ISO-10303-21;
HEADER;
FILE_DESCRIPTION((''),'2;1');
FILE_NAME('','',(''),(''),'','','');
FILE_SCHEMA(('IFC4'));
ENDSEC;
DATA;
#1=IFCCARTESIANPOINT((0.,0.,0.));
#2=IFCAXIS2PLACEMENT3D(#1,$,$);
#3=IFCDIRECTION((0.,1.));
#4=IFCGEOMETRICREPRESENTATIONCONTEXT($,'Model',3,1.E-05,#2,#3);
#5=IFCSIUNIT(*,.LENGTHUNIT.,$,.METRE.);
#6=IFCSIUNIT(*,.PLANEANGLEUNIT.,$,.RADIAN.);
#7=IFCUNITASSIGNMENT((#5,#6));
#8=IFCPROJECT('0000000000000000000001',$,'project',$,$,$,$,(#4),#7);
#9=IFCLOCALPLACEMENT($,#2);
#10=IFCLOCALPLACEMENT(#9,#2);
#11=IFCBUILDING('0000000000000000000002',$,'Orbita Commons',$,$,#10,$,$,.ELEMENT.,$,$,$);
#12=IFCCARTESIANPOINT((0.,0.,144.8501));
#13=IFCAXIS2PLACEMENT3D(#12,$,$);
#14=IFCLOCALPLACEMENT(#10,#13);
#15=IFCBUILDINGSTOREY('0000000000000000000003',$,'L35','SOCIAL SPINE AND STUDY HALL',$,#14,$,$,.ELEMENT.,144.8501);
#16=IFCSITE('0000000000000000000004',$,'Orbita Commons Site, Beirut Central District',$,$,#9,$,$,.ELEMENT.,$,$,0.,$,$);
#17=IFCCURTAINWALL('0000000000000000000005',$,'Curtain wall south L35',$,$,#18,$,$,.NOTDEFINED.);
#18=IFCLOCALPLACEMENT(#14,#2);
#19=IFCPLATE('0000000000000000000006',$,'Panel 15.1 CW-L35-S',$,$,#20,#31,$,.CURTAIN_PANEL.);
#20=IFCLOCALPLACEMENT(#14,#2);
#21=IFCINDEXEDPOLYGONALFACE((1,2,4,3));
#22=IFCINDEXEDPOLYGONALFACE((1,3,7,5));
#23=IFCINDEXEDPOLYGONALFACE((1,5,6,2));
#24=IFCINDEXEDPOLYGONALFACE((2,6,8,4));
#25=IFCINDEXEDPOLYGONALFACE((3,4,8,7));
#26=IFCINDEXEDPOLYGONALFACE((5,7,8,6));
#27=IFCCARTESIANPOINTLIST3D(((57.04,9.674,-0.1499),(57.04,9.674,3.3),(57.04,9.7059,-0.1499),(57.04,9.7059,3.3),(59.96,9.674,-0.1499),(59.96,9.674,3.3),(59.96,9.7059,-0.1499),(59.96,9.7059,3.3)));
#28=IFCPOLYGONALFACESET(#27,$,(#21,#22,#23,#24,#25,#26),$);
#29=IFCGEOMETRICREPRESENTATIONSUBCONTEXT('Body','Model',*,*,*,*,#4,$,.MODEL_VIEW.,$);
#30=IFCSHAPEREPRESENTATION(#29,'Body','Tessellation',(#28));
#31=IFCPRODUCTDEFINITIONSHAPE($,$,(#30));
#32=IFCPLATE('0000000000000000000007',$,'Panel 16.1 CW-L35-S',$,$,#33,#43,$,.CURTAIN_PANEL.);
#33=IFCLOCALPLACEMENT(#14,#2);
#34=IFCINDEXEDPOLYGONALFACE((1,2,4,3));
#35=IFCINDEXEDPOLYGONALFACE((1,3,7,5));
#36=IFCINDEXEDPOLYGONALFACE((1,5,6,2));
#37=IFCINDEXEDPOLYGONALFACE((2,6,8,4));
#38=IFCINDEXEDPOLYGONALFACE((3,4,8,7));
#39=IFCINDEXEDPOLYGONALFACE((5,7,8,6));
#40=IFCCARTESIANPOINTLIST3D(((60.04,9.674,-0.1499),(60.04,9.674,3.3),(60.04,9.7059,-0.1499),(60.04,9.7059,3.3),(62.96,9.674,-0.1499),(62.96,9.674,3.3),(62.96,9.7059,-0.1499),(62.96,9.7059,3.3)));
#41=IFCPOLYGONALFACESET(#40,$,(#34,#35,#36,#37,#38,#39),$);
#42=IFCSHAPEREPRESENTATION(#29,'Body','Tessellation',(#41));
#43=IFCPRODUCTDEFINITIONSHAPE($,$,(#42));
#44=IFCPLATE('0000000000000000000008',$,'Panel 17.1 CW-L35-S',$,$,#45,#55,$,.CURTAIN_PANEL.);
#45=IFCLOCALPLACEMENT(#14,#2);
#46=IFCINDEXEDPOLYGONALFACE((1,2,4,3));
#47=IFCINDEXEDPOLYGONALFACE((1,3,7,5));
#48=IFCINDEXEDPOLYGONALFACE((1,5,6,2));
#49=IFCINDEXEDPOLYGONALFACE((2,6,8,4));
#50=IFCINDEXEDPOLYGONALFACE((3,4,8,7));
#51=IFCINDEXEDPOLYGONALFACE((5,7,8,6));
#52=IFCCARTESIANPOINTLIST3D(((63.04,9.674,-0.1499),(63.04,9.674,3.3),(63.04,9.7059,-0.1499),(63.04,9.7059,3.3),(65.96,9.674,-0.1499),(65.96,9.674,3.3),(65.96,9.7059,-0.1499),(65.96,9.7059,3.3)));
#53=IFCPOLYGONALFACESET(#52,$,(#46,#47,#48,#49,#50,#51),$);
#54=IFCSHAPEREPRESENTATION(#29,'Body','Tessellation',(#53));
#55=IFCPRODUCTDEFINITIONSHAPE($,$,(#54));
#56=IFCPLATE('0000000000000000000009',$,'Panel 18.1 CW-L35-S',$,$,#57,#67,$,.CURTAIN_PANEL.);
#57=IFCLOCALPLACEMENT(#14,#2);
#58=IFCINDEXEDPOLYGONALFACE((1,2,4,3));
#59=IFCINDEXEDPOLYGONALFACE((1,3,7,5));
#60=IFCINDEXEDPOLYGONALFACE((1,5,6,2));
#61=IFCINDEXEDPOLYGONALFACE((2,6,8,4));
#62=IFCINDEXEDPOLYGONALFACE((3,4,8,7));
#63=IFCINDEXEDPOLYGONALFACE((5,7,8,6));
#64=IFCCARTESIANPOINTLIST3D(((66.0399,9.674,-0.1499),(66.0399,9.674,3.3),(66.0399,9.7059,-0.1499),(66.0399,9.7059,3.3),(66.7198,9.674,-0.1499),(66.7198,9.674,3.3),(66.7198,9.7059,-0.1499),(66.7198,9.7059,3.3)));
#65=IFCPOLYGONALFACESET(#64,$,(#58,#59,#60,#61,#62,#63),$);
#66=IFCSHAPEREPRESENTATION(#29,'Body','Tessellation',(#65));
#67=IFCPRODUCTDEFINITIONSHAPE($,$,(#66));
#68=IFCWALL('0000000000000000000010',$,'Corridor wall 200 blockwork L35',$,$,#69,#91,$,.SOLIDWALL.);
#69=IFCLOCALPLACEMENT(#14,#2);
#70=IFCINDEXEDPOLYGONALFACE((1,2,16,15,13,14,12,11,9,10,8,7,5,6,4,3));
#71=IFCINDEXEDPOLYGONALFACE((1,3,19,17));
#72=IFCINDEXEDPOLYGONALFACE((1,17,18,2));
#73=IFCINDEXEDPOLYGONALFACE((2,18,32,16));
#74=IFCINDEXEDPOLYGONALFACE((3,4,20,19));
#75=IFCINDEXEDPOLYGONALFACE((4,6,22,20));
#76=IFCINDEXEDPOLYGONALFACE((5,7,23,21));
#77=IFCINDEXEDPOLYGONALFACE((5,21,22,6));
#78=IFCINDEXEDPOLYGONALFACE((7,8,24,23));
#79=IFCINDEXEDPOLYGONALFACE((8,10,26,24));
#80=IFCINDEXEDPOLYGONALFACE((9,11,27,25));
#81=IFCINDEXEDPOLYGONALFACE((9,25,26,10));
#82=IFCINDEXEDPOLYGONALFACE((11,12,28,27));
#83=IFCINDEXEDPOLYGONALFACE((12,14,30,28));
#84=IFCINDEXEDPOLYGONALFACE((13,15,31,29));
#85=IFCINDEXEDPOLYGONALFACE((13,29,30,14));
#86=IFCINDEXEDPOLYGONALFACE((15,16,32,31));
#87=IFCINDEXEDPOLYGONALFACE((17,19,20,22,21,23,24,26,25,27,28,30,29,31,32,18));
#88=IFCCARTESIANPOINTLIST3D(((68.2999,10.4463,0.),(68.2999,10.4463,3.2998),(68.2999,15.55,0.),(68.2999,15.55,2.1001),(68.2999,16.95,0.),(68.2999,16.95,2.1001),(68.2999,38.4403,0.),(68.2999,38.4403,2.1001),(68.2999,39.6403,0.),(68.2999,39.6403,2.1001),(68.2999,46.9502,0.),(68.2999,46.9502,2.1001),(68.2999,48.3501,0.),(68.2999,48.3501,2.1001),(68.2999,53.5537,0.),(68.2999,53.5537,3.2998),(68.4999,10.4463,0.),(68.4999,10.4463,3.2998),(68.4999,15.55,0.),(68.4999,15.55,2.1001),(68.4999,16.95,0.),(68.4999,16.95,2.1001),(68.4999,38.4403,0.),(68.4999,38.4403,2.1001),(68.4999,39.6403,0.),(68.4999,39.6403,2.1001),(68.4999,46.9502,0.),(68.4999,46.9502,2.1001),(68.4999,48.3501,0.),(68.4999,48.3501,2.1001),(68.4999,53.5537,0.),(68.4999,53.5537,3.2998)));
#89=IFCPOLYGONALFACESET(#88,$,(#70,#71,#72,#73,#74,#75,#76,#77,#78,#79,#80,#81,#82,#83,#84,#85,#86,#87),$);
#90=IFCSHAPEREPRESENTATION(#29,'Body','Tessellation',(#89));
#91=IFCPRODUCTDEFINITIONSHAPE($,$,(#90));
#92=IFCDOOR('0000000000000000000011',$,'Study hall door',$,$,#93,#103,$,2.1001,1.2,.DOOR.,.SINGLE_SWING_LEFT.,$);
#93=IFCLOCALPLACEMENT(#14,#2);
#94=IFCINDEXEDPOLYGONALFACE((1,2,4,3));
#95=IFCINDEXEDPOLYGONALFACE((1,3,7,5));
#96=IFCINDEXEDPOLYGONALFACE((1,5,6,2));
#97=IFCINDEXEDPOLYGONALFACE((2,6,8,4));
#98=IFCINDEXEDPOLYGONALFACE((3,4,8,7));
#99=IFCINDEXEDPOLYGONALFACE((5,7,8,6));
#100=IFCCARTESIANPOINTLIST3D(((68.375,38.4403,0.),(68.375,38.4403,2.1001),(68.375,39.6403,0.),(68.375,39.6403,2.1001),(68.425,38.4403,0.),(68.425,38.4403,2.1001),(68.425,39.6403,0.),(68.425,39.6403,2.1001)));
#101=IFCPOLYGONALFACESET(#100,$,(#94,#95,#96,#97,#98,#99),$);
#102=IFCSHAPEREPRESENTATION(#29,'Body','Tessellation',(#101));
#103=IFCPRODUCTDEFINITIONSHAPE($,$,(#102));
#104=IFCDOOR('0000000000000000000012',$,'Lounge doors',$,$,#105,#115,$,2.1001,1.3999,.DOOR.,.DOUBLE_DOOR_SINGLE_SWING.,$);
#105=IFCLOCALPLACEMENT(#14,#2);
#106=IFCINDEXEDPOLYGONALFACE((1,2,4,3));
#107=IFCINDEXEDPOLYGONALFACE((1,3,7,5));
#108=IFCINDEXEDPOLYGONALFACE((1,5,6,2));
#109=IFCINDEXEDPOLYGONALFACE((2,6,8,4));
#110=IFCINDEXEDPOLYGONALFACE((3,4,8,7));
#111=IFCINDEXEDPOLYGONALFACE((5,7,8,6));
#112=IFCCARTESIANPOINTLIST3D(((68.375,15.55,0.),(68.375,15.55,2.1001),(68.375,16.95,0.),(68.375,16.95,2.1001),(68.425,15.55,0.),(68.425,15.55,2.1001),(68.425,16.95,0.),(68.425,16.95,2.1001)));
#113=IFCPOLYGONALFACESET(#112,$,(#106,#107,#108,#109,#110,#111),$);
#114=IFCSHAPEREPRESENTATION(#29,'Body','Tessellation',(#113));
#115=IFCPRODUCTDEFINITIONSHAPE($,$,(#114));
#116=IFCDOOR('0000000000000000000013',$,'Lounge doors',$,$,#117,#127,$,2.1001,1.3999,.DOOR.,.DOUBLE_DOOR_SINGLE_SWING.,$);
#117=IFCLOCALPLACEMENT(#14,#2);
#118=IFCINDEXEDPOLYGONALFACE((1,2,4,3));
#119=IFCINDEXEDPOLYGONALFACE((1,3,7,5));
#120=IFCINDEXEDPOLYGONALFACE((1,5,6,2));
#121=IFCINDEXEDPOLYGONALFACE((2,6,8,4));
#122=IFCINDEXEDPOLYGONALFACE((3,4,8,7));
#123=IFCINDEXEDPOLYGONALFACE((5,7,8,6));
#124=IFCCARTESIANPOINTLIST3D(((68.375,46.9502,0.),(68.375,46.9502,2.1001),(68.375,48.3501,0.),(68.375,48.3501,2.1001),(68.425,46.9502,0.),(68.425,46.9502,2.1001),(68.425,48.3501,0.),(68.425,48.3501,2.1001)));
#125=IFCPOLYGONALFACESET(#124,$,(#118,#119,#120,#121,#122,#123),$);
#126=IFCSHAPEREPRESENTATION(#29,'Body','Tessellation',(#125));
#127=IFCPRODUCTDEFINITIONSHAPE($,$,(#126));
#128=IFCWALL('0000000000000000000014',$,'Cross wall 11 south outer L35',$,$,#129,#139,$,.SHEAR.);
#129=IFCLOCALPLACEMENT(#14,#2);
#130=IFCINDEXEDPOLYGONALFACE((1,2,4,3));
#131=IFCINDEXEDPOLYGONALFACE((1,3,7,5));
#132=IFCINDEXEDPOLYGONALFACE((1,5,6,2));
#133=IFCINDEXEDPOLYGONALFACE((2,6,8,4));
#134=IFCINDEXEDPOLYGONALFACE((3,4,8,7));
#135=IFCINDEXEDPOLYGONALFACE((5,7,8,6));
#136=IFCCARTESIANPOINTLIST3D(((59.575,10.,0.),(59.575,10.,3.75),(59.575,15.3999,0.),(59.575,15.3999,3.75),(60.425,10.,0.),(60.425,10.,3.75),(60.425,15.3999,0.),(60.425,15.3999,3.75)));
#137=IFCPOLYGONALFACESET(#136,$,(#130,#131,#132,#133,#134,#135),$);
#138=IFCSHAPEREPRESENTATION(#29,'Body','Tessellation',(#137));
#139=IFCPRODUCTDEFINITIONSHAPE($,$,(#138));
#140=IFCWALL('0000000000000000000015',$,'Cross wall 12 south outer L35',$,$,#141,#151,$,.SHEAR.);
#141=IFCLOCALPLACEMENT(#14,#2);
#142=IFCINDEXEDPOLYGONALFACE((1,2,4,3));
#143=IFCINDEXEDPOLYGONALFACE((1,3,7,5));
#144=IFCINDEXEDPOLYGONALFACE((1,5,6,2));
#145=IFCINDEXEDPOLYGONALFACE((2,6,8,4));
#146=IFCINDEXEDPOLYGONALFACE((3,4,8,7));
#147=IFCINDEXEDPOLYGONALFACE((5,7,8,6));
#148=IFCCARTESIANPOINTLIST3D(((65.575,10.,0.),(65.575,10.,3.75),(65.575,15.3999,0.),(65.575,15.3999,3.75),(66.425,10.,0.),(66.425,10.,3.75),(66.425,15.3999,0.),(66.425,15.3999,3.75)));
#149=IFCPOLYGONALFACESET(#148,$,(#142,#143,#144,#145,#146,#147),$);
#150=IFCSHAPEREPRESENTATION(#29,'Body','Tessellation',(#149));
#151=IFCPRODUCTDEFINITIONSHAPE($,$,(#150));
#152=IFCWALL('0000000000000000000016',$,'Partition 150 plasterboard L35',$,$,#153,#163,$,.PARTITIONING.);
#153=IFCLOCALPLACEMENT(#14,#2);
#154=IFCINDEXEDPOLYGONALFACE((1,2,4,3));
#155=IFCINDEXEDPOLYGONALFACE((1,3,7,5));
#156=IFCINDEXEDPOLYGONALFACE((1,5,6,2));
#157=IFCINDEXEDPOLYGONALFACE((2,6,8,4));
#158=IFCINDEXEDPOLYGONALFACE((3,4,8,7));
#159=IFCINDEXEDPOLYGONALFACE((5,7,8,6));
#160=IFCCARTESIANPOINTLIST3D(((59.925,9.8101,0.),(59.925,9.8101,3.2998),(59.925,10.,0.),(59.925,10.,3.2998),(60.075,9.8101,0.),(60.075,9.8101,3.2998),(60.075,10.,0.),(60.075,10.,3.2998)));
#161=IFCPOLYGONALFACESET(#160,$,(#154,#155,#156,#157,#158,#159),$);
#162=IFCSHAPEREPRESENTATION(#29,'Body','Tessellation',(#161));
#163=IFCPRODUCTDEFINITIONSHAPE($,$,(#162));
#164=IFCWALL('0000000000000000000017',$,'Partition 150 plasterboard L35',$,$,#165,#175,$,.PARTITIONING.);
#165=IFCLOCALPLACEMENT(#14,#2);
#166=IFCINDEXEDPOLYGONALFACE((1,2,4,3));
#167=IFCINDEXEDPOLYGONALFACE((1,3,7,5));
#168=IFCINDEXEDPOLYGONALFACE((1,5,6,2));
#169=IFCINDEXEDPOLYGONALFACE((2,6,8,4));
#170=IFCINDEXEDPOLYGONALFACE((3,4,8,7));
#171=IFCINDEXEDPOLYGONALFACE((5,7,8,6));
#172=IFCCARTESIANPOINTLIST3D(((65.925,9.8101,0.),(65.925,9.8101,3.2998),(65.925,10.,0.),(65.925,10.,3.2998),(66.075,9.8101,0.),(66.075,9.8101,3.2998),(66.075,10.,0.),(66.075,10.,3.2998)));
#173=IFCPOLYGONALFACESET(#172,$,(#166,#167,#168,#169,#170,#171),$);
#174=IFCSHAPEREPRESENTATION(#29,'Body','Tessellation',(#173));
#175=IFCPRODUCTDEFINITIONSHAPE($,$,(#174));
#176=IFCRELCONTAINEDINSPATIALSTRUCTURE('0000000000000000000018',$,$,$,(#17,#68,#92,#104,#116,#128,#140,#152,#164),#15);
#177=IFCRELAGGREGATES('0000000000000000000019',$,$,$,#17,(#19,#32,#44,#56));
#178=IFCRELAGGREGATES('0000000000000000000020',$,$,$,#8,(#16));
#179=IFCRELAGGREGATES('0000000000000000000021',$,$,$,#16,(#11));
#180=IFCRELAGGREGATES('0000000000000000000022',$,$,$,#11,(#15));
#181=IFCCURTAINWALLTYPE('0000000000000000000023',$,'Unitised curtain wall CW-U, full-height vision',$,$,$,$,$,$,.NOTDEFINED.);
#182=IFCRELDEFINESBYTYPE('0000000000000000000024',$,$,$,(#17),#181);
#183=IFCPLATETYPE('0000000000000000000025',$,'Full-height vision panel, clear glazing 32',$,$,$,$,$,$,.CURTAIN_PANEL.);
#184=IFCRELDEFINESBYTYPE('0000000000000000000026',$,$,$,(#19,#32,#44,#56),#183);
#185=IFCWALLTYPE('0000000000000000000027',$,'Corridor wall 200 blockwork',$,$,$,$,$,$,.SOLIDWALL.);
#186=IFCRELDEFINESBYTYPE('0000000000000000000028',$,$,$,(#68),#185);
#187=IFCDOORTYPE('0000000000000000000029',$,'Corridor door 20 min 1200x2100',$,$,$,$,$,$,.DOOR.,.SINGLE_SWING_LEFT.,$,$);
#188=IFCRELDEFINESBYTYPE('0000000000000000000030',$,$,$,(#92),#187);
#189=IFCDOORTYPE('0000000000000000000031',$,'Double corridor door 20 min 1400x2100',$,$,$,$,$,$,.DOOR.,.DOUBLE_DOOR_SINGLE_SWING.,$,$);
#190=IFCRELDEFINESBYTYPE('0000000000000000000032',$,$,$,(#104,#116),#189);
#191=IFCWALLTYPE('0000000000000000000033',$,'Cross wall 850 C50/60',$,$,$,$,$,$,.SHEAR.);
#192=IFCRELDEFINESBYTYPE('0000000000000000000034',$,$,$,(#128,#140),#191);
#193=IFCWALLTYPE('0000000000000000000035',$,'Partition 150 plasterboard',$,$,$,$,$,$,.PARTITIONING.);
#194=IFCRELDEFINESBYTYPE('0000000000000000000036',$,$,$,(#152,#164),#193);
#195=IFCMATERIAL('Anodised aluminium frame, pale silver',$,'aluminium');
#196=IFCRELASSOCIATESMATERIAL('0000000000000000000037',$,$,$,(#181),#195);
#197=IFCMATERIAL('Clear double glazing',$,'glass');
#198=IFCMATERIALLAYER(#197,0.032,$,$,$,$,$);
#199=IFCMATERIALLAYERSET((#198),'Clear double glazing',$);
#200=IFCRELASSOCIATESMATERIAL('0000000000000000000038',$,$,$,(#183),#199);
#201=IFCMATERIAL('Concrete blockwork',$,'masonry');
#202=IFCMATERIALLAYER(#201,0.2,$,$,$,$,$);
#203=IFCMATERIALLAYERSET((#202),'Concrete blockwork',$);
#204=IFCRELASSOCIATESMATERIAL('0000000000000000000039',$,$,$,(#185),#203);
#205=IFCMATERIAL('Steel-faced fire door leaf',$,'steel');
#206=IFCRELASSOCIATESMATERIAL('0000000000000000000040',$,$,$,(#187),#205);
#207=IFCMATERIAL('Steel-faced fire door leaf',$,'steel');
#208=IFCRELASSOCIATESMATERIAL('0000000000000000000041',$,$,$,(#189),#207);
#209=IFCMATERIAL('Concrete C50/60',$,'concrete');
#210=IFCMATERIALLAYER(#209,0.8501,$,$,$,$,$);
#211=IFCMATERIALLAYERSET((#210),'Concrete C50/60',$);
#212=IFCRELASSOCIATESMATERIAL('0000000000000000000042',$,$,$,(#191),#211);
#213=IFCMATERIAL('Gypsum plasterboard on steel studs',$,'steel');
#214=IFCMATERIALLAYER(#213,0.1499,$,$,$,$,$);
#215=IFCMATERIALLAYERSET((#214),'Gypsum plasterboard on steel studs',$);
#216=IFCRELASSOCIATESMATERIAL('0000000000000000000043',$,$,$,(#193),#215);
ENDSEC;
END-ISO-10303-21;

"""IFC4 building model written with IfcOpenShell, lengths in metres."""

from ifc_helpers import new_model, si_unit, direction, frame, frame_2d, origin, origin_2d, place, context, subcontext, project, spatial, rectangle, extrude, material, layer, layer_set, type_object, element, fill, aggregate, save


model = new_model("IFC4")

# Units and contexts
model_context = context("Model", 3, precision=1e-05, world=origin(), true_north=direction((0.0, 1.0)))
body_context = subcontext(model_context, "Body", "Model", "MODEL_VIEW")
ifc_project = project(units=[si_unit("LENGTHUNIT", "METRE"), si_unit("PLANEANGLEUNIT", "RADIAN")], contexts=[model_context])

# Site, building, storey
site_placement = place(None, origin())
site = spatial("IfcSite", under=ifc_project, at=site_placement, Name="Orbita Commons Site, Beirut Central District", CompositionType="ELEMENT", RefElevation=0.0)
building_placement = place(site_placement, origin())
building = spatial("IfcBuilding", under=site, at=building_placement, Name="Orbita Commons", CompositionType="ELEMENT")
storey_placement = place(building_placement, frame((0.0, 0.0, 144.8501)))
storey = spatial("IfcBuildingStorey", under=building, at=storey_placement, Name="L35", Description="SOCIAL SPINE AND STUDY HALL", CompositionType="ELEMENT", Elevation=144.8501)

# Curtain wall
ifc_material_1 = material(Name="Anodised aluminium frame, pale silver", Category="aluminium")
curtain_wall_type = type_object("IfcCurtainWallType", Name="Unitised curtain wall CW-U, full-height vision", PredefinedType="NOTDEFINED", material=ifc_material_1)
curtain_wall_placement = place(storey_placement, origin())
curtain_wall = element("IfcCurtainWall", 1, at=curtain_wall_placement, inside=storey, type_object=curtain_wall_type, Name="Curtain wall south L35", PredefinedType="NOTDEFINED")

# Plates
ifc_material_2 = material(Name="Clear double glazing", Category="glass")
ifc_layer_1 = layer(ifc_material_2, 0.032)
ifc_layer_set_1 = layer_set([ifc_layer_1], Name="Clear double glazing")
plate_type = type_object("IfcPlateType", Name="Full-height vision panel, clear glazing 32", PredefinedType="CURTAIN_PANEL", material=ifc_layer_set_1)
plate_1_placement = place(storey_placement, frame((58.5, 9.6899, -0.1499), z_axis=(0.0, 0.0, 1.0), x_axis=(1.0, 0.0, 0.0)))
plate_1 = element("IfcPlate", 2, at=plate_1_placement, type_object=plate_type, Name="Panel 15.1 CW-L35-S", PredefinedType="CURTAIN_PANEL", context=body_context, shape_type="SweptSolid", body=[
    extrude(rectangle(XDim=2.9199, YDim=0.032, at=origin_2d()), origin(), (0.0, 0.0, 1.0), 3.45),
])
plate_2_placement = place(storey_placement, frame((61.5, 9.6899, -0.1499), z_axis=(0.0, 0.0, 1.0), x_axis=(1.0, 0.0, 0.0)))
plate_2 = element("IfcPlate", 3, at=plate_2_placement, type_object=plate_type, Name="Panel 16.1 CW-L35-S", PredefinedType="CURTAIN_PANEL", context=body_context, shape_type="SweptSolid", body=[
    extrude(rectangle(XDim=2.9199, YDim=0.032, at=origin_2d()), origin(), (0.0, 0.0, 1.0), 3.45),
])
plate_3_placement = place(storey_placement, frame((64.5, 9.6899, -0.1499), z_axis=(0.0, 0.0, 1.0), x_axis=(1.0, 0.0, 0.0)))
plate_3 = element("IfcPlate", 4, at=plate_3_placement, type_object=plate_type, Name="Panel 17.1 CW-L35-S", PredefinedType="CURTAIN_PANEL", context=body_context, shape_type="SweptSolid", body=[
    extrude(rectangle(XDim=2.9199, YDim=0.032, at=origin_2d()), origin(), (0.0, 0.0, 1.0), 3.45),
])
plate_4_placement = place(storey_placement, frame((66.3799, 9.6899, -0.1499), z_axis=(0.0, 0.0, 1.0), x_axis=(1.0, 0.0, 0.0)))
plate_4 = element("IfcPlate", 5, at=plate_4_placement, type_object=plate_type, Name="Panel 18.1 CW-L35-S", PredefinedType="CURTAIN_PANEL", context=body_context, shape_type="SweptSolid", body=[
    extrude(rectangle(XDim=0.6799, YDim=0.032, at=origin_2d()), origin(), (0.0, 0.0, 1.0), 3.45),
])
aggregate(curtain_wall, [plate_1, plate_2, plate_3, plate_4])

# Wall, openings, doors
ifc_material_3 = material(Name="Concrete blockwork", Category="masonry")
ifc_layer_2 = layer(ifc_material_3, 0.2)
ifc_layer_set_2 = layer_set([ifc_layer_2], Name="Concrete blockwork")
wall_type_1 = type_object("IfcWallType", Name="Corridor wall 200 blockwork", PredefinedType="SOLIDWALL", material=ifc_layer_set_2)
wall_1_placement = place(storey_placement, frame((68.3999, 10.4463, 0.0), z_axis=(0.0, 0.0, 1.0), x_axis=(0.0, 1.0, 0.0)))
wall_1 = element("IfcWall", 6, at=wall_1_placement, inside=storey, type_object=wall_type_1, Name="Corridor wall 200 blockwork L35", PredefinedType="SOLIDWALL", context=body_context, shape_type="SweptSolid", body=[
    extrude(rectangle(XDim=43.1074, YDim=0.2, at=frame_2d((21.5537, 0.0))), origin(), (0.0, 0.0, 1.0), 3.2998),
])
opening_1_placement = place(wall_1_placement, frame((27.9939, 0.0, 0.0)))
opening_1 = element("IfcOpeningElement", 7, at=opening_1_placement, cuts=wall_1, PredefinedType="OPENING", context=body_context, shape_type="SweptSolid", body=[
    extrude(rectangle(XDim=1.2, YDim=2.1001, at=frame_2d((0.6001, 1.05))), frame((0.0, 0.1099, 0.0), z_axis=(0.0, -1.0, 0.0), x_axis=(1.0, 0.0, 0.0)), (0.0, 0.0, 1.0), 0.22),
])
opening_2_placement = place(wall_1_placement, frame((5.1038, 0.0, 0.0)))
opening_2 = element("IfcOpeningElement", 8, at=opening_2_placement, cuts=wall_1, PredefinedType="OPENING", context=body_context, shape_type="SweptSolid", body=[
    extrude(rectangle(XDim=1.3999, YDim=2.1001, at=frame_2d((0.7, 1.05))), frame((0.0, 0.1099, 0.0), z_axis=(0.0, -1.0, 0.0), x_axis=(1.0, 0.0, 0.0)), (0.0, 0.0, 1.0), 0.22),
])
opening_3_placement = place(wall_1_placement, frame((36.5039, 0.0, 0.0)))
opening_3 = element("IfcOpeningElement", 9, at=opening_3_placement, cuts=wall_1, PredefinedType="OPENING", context=body_context, shape_type="SweptSolid", body=[
    extrude(rectangle(XDim=1.3999, YDim=2.1001, at=frame_2d((0.7, 1.05))), frame((0.0, 0.1099, 0.0), z_axis=(0.0, -1.0, 0.0), x_axis=(1.0, 0.0, 0.0)), (0.0, 0.0, 1.0), 0.22),
])
ifc_material_4 = material(Name="Steel-faced fire door leaf", Category="steel")
door_type_1 = type_object("IfcDoorType", Name="Corridor door 20 min 1200x2100", OperationType="SINGLE_SWING_LEFT", PredefinedType="DOOR", material=ifc_material_4)
door_1_placement = place(opening_1_placement, origin())
door_1 = element("IfcDoor", 10, at=door_1_placement, inside=storey, type_object=door_type_1, Name="Study hall door", OperationType="SINGLE_SWING_LEFT", OverallHeight=2.1001, OverallWidth=1.2, PredefinedType="DOOR", context=body_context, shape_type="SweptSolid", body=[
    extrude(rectangle(XDim=1.2, YDim=2.1001, at=frame_2d((0.6001, 1.05))), frame((0.0, 0.0249, 0.0), z_axis=(0.0, -1.0, 0.0), x_axis=(1.0, 0.0, 0.0)), (0.0, 0.0, 1.0), 0.05),
])
fill(opening_1, door_1)
ifc_material_5 = material(Name="Steel-faced fire door leaf", Category="steel")
door_type_2 = type_object("IfcDoorType", Name="Double corridor door 20 min 1400x2100", OperationType="DOUBLE_DOOR_SINGLE_SWING", PredefinedType="DOOR", material=ifc_material_5)
door_2_placement = place(opening_2_placement, origin())
door_2 = element("IfcDoor", 11, at=door_2_placement, inside=storey, type_object=door_type_2, Name="Lounge doors", OperationType="DOUBLE_DOOR_SINGLE_SWING", OverallHeight=2.1001, OverallWidth=1.3999, PredefinedType="DOOR", context=body_context, shape_type="SweptSolid", body=[
    extrude(rectangle(XDim=1.3999, YDim=2.1001, at=frame_2d((0.7, 1.05))), frame((0.0, 0.0249, 0.0), z_axis=(0.0, -1.0, 0.0), x_axis=(1.0, 0.0, 0.0)), (0.0, 0.0, 1.0), 0.05),
])
fill(opening_2, door_2)
door_3_placement = place(opening_3_placement, origin())
door_3 = element("IfcDoor", 12, at=door_3_placement, inside=storey, type_object=door_type_2, Name="Lounge doors", OperationType="DOUBLE_DOOR_SINGLE_SWING", OverallHeight=2.1001, OverallWidth=1.3999, PredefinedType="DOOR", context=body_context, shape_type="SweptSolid", body=[
    extrude(rectangle(XDim=1.3999, YDim=2.1001, at=frame_2d((0.7, 1.05))), frame((0.0, 0.0249, 0.0), z_axis=(0.0, -1.0, 0.0), x_axis=(1.0, 0.0, 0.0)), (0.0, 0.0, 1.0), 0.05),
])
fill(opening_3, door_3)

# Walls
ifc_material_6 = material(Name="Concrete C50/60", Category="concrete")
ifc_layer_3 = layer(ifc_material_6, 0.8501)
ifc_layer_set_3 = layer_set([ifc_layer_3], Name="Concrete C50/60")
wall_type_2 = type_object("IfcWallType", Name="Cross wall 850 C50/60", PredefinedType="SHEAR", material=ifc_layer_set_3)
for number, where, z_axis, x_axis, name in (
    (13, (60.0, 10.0, 0.0), (0.0, 0.0, 1.0), (0.0, 1.0, 0.0), "Cross wall 11 south outer L35"),
    (14, (66.0, 10.0, 0.0), (0.0, 0.0, 1.0), (0.0, 1.0, 0.0), "Cross wall 12 south outer L35"),
):
    element("IfcWall", number, at=place(storey_placement, frame(where, z_axis=z_axis, x_axis=x_axis)), inside=storey, type_object=wall_type_2, Name=name, PredefinedType="SHEAR", context=body_context, shape_type="SweptSolid", body=[
        extrude(rectangle(XDim=5.3999, YDim=0.8501, at=frame_2d((2.7, 0.0))), origin(), (0.0, 0.0, 1.0), 3.75),
    ])
ifc_material_7 = material(Name="Gypsum plasterboard on steel studs", Category="steel")
ifc_layer_4 = layer(ifc_material_7, 0.1499)
ifc_layer_set_4 = layer_set([ifc_layer_4], Name="Gypsum plasterboard on steel studs")
wall_type_3 = type_object("IfcWallType", Name="Partition 150 plasterboard", PredefinedType="PARTITIONING", material=ifc_layer_set_4)
for number, where, z_axis, x_axis, name in (
    (15, (60.0, 10.0, 0.0), (0.0, 0.0, 1.0), (0.0, -1.0, 0.0), "Partition 150 plasterboard L35"),
    (16, (66.0, 10.0, 0.0), (0.0, 0.0, 1.0), (0.0, -1.0, 0.0), "Partition 150 plasterboard L35"),
):
    element("IfcWall", number, at=place(storey_placement, frame(where, z_axis=z_axis, x_axis=x_axis)), inside=storey, type_object=wall_type_3, Name=name, PredefinedType="PARTITIONING", context=body_context, shape_type="SweptSolid", body=[
        extrude(rectangle(XDim=0.1899, YDim=0.1499, at=frame_2d((0.095, 0.0))), origin(), (0.0, 0.0, 1.0), 3.2998),
    ])

save(model, "model.ifc")
